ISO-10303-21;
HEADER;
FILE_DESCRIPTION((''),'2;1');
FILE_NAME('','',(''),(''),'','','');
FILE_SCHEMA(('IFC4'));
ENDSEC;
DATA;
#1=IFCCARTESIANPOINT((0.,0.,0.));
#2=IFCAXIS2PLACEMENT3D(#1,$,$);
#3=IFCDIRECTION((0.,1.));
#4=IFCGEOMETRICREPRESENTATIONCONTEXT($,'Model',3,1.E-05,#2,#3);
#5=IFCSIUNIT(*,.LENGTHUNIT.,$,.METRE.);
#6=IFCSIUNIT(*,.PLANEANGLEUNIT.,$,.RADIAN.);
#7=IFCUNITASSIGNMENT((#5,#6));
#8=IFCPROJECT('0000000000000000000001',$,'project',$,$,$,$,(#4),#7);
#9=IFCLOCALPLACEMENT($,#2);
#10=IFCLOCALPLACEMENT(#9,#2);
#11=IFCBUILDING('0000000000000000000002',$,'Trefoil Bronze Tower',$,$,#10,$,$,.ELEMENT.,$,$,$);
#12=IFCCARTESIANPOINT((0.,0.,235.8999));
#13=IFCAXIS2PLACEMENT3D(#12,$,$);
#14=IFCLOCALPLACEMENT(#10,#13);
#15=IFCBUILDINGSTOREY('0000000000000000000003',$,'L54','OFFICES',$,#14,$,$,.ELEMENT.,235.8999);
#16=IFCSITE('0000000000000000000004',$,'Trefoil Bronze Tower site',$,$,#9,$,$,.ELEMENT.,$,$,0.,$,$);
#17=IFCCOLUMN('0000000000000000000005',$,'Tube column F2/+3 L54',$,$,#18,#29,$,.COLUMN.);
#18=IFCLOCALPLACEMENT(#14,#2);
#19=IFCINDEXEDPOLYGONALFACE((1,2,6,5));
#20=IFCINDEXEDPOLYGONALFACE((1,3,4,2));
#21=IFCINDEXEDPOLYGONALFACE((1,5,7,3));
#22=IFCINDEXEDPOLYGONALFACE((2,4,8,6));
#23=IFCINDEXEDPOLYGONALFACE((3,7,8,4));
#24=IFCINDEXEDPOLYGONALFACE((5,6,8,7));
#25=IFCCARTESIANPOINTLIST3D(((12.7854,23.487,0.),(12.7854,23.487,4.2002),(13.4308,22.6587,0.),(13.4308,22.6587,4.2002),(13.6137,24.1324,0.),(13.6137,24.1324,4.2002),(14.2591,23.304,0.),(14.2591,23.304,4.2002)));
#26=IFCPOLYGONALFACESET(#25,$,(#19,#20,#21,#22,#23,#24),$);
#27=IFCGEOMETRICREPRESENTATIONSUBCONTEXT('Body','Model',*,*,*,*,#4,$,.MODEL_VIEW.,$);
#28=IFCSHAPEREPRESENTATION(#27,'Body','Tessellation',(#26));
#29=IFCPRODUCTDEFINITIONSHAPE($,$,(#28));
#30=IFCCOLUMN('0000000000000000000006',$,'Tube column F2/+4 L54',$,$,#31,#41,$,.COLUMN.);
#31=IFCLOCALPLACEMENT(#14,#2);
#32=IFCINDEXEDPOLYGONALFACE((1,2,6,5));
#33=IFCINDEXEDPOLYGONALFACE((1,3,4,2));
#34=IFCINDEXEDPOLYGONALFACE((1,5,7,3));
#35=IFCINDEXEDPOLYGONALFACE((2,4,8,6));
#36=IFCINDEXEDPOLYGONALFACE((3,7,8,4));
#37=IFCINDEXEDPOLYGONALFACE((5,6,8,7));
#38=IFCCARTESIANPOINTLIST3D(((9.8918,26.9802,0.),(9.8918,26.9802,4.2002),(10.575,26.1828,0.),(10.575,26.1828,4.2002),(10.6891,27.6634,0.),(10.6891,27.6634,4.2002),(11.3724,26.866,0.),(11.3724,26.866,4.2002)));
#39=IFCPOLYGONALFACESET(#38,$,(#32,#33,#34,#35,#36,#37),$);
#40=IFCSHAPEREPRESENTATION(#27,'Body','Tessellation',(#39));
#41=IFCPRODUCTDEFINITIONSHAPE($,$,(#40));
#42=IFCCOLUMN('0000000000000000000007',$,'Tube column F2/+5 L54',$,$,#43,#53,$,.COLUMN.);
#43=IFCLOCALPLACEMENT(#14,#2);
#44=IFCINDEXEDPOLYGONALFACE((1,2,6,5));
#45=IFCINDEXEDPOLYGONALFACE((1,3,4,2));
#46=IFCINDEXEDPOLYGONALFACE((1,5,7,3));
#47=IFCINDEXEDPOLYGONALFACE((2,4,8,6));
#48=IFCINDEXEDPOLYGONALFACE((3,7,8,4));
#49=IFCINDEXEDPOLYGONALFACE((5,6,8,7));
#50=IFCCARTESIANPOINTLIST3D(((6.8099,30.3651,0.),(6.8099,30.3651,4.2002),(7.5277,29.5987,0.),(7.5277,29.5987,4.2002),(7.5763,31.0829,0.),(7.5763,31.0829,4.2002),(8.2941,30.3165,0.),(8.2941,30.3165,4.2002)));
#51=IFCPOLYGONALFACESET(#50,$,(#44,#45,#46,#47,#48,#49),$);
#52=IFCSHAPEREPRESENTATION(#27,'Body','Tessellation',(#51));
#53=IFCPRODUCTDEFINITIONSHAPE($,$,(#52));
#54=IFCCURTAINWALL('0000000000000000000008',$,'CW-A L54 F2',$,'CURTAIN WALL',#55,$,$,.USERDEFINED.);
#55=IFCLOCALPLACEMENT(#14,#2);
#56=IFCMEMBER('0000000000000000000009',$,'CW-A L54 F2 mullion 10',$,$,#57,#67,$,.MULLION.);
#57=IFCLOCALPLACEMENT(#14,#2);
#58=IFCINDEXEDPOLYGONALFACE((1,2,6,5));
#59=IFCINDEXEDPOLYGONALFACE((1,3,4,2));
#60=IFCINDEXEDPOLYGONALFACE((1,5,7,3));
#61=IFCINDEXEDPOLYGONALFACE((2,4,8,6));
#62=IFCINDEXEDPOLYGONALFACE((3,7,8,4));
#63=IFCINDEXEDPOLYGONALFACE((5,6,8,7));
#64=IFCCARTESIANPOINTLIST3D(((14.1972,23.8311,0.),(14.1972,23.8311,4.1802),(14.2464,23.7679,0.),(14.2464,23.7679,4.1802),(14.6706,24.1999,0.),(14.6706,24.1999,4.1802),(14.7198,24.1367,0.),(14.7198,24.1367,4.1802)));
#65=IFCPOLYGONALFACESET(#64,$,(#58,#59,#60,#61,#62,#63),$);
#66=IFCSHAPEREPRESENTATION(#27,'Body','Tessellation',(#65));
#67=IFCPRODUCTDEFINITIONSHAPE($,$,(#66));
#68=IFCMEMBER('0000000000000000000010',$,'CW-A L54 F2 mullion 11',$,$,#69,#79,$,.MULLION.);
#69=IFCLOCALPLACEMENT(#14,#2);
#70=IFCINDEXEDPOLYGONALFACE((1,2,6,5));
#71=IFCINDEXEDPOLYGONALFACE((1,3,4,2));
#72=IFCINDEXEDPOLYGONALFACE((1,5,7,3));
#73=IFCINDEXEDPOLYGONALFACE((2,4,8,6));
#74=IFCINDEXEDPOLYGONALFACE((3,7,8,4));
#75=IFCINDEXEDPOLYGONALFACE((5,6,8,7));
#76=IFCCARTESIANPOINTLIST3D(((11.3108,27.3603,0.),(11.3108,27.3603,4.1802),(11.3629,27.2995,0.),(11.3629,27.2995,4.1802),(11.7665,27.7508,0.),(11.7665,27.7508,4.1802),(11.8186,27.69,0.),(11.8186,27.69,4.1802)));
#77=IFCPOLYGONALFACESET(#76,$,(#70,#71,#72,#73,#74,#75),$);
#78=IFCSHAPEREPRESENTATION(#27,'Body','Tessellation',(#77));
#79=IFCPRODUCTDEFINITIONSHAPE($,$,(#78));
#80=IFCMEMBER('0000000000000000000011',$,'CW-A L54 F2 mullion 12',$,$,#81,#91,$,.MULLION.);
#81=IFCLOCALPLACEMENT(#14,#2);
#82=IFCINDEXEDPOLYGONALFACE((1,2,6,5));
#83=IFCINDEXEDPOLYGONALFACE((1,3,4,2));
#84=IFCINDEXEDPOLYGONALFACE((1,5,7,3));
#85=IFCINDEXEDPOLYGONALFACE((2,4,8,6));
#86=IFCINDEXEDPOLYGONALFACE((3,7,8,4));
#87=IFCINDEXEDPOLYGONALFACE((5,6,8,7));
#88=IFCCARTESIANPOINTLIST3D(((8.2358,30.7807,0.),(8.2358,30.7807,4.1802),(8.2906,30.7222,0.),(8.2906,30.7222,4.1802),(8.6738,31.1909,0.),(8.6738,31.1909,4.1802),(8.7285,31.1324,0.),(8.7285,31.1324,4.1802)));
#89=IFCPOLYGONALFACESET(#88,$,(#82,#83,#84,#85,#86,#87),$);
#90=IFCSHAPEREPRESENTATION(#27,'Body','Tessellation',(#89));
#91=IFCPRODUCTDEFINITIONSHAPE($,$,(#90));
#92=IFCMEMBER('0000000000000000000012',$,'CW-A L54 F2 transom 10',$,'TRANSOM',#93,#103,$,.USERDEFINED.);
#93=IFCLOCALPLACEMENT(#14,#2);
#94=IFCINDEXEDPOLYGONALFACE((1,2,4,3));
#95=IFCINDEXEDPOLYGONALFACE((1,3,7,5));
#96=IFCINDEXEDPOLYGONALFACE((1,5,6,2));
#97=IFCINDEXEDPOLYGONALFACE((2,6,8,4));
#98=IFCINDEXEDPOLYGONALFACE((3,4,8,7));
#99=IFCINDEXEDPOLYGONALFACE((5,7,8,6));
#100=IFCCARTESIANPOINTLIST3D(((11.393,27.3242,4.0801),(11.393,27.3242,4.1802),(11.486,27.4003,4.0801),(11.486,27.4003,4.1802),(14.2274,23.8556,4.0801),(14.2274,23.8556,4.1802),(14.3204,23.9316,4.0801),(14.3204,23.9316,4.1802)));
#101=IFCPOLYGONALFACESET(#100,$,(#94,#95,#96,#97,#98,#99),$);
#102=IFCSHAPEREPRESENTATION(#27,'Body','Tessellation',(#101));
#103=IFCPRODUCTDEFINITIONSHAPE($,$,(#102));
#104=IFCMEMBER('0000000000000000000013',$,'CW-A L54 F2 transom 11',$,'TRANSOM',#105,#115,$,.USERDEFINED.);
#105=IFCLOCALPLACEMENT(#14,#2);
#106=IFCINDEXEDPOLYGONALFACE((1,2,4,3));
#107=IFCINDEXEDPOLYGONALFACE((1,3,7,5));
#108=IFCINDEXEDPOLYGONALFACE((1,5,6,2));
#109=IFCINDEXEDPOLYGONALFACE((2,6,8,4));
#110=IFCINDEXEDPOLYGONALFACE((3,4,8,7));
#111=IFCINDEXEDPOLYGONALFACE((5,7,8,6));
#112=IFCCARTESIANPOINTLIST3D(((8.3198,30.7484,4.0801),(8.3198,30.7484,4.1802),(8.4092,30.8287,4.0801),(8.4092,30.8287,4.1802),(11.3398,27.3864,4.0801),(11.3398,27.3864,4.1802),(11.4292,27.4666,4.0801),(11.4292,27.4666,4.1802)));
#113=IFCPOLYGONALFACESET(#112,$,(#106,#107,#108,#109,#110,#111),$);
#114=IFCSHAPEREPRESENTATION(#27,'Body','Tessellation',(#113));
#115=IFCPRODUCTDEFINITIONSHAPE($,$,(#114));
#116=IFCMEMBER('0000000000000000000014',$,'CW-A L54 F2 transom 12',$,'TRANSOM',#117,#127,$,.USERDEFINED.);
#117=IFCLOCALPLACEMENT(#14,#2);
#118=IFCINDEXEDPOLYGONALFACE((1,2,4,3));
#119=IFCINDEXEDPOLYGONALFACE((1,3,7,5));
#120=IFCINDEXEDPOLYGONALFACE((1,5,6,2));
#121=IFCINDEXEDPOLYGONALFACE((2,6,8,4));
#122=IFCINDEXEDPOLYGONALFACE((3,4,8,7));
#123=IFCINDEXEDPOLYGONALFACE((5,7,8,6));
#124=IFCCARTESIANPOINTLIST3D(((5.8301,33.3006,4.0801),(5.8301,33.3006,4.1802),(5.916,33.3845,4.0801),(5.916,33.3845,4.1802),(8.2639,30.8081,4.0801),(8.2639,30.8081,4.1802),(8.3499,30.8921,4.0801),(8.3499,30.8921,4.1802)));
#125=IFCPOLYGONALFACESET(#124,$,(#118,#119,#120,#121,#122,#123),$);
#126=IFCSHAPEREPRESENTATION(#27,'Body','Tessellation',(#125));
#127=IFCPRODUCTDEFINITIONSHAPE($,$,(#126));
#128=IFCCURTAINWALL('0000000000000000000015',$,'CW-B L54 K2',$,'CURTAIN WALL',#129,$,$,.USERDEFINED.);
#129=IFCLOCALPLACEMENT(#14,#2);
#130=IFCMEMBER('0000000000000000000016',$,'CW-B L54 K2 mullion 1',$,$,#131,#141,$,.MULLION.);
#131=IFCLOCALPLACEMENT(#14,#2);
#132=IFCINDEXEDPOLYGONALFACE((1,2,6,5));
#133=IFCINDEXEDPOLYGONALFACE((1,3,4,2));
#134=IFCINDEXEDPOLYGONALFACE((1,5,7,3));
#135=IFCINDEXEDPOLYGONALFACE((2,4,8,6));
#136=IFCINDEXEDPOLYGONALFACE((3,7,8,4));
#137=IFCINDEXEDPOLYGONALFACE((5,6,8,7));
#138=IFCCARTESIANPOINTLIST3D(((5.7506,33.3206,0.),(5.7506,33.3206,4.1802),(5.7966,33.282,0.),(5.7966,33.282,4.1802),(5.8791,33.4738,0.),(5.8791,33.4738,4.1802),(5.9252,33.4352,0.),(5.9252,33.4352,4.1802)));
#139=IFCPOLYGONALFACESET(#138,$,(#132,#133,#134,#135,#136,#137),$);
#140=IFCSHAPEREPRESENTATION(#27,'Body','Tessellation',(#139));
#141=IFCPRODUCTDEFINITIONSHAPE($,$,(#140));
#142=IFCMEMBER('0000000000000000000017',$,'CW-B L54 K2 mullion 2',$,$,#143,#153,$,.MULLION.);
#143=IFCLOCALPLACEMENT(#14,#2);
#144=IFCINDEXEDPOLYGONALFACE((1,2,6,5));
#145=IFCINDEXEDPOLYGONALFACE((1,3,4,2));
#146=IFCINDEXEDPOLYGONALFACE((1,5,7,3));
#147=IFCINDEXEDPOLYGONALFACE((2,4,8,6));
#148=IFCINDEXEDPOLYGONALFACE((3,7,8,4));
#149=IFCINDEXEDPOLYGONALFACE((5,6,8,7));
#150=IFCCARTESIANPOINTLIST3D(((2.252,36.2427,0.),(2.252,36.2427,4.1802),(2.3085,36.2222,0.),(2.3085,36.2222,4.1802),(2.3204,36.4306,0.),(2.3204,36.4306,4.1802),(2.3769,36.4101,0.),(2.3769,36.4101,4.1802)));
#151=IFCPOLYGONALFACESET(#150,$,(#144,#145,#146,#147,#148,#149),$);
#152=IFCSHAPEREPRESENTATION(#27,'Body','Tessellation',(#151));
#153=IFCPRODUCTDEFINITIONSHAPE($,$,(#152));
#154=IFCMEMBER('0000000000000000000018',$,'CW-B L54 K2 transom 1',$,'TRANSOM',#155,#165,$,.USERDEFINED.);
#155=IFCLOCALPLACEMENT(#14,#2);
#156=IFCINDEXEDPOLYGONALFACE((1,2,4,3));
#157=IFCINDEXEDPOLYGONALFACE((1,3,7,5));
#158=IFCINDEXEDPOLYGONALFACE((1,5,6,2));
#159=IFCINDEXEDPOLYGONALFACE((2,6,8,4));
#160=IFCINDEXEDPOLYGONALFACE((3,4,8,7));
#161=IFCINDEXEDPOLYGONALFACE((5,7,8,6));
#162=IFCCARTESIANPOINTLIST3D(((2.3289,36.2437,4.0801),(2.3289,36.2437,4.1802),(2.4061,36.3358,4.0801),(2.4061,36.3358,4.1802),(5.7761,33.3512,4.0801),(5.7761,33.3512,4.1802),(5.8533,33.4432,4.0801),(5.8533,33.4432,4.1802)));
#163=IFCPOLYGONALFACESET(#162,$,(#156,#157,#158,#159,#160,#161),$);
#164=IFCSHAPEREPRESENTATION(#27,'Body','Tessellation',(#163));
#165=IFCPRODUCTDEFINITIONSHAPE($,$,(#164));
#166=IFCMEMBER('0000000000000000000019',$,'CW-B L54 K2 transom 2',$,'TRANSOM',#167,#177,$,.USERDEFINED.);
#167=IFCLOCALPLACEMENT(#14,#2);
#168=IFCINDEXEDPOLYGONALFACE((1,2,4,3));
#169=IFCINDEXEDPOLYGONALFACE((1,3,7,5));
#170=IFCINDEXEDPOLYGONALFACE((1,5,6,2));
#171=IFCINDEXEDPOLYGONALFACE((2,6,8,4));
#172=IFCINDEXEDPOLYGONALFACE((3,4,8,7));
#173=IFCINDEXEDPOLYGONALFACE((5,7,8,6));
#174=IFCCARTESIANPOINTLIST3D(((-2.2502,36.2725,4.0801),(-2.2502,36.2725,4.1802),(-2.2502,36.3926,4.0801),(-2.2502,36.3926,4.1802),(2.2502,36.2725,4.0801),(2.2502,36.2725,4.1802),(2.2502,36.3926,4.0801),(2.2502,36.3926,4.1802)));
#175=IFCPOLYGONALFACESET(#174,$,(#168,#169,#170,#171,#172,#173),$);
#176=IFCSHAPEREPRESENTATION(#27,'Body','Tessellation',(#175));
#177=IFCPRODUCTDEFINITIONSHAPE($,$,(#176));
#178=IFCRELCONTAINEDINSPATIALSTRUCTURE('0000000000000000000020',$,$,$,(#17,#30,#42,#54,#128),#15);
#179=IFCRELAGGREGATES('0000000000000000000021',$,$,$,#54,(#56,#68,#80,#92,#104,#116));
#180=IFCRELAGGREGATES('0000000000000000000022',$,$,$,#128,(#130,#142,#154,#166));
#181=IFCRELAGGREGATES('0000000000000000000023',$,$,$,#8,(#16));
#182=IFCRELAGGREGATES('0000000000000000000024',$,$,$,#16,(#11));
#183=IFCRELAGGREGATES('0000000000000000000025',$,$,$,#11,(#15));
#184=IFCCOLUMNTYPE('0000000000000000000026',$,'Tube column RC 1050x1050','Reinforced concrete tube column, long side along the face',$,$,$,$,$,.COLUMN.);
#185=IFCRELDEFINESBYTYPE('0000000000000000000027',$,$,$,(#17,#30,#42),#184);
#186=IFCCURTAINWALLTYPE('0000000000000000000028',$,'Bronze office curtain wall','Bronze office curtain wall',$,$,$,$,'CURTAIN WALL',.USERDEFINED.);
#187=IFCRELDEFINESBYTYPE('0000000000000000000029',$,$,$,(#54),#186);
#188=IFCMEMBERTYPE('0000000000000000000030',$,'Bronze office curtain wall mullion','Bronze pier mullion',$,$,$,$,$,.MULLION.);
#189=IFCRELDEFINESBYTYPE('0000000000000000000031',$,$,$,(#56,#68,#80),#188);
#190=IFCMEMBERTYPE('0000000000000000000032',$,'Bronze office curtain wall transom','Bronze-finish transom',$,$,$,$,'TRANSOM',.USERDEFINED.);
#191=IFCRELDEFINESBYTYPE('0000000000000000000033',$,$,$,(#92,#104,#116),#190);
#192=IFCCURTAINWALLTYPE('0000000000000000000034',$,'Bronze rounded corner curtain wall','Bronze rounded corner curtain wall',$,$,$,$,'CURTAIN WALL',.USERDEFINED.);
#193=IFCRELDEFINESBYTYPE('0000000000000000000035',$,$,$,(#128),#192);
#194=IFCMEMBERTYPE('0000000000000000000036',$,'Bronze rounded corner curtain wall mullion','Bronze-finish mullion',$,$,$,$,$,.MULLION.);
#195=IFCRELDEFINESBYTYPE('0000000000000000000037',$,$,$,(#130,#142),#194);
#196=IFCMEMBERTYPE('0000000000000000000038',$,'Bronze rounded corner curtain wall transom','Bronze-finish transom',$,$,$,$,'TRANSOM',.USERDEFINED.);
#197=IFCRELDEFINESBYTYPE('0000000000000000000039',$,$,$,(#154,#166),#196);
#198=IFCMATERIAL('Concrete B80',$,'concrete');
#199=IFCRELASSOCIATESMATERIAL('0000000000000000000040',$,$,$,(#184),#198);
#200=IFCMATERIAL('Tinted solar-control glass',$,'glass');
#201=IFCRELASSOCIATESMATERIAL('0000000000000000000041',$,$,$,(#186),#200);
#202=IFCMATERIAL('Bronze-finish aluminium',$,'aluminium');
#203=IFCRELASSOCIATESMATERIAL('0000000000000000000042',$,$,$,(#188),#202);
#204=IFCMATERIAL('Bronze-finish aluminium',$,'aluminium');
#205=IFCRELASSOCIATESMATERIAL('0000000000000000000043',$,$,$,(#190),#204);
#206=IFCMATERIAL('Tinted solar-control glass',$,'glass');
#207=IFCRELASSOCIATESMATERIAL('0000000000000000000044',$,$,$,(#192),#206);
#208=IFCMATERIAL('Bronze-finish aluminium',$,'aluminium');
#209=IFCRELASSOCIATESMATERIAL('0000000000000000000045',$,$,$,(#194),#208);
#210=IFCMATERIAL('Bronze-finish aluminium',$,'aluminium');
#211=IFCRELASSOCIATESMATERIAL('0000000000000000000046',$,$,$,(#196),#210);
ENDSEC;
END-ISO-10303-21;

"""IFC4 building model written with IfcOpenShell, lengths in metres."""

from ifc_helpers import new_model, si_unit, direction, frame, origin, origin_2d, place, context, subcontext, project, spatial, rectangle, extrude, material, material_profile, profile_set, type_object, element, aggregate, save


model = new_model("IFC4")

# Units and contexts
model_context = context("Model", 3, precision=1e-05, world=origin(), true_north=direction((0.0, 1.0)))
body_context = subcontext(model_context, "Body", "Model", "MODEL_VIEW")
ifc_project = project(units=[si_unit("LENGTHUNIT", "METRE"), si_unit("PLANEANGLEUNIT", "RADIAN")], contexts=[model_context])

# Site, building, storey
site_placement = place(None, origin())
site = spatial("IfcSite", under=ifc_project, at=site_placement, Name="Trefoil Bronze Tower site", CompositionType="ELEMENT", RefElevation=0.0)
building_placement = place(site_placement, origin())
building = spatial("IfcBuilding", under=site, at=building_placement, Name="Trefoil Bronze Tower", CompositionType="ELEMENT")
storey_placement = place(building_placement, frame((0.0, 0.0, 235.8999)))
storey = spatial("IfcBuildingStorey", under=building, at=storey_placement, Name="L54", Description="OFFICES", CompositionType="ELEMENT", Elevation=235.8999)

# Columns
ifc_material_1 = material(Name="Concrete B80", Category="concrete")
ifc_material_profile_1 = material_profile(ifc_material_1, rectangle(XDim=1.05, YDim=1.05, at=origin_2d()), Name="RC 1050x1050")
ifc_profile_set_1 = profile_set([ifc_material_profile_1], Name="Concrete B80")
column_type = type_object("IfcColumnType", Name="Tube column RC 1050x1050", Description="Reinforced concrete tube column, long side along the face", PredefinedType="COLUMN", material=ifc_profile_set_1)
for number, where, z_axis, x_axis, name in (
    (1, (13.5222, 23.3955, 0.0), (0.0, 0.0, 1.0), (-0.614622, 0.788821, 0.0), "Tube column F2/+3 L54"),
    (2, (10.6321, 26.9231, 0.0), (0.0, 0.0, 1.0), (-0.650677, 0.759355, 0.0), "Tube column F2/+4 L54"),
    (3, (7.552, 30.3408, 0.0), (0.0, 0.0, 1.0), (-0.683597, 0.72986, 0.0), "Tube column F2/+5 L54"),
):
    element("IfcColumn", number, at=place(storey_placement, frame(where, z_axis=z_axis, x_axis=x_axis)), inside=storey, type_object=column_type, Name=name, PredefinedType="COLUMN", context=body_context, shape_type="SweptSolid", body=[
        extrude(rectangle(XDim=1.05, YDim=1.05, at=origin_2d()), origin(), (0.0, 0.0, 1.0), 4.2002),
    ])

# Curtain walls, members
ifc_material_2 = material(Name="Tinted solar-control glass", Category="glass")
curtain_wall_type_1 = type_object("IfcCurtainWallType", Name="Bronze office curtain wall", Description="Bronze office curtain wall", ElementType="CURTAIN WALL", PredefinedType="USERDEFINED", material=ifc_material_2)
curtain_wall_1_placement = place(storey_placement, origin())
curtain_wall_1 = element("IfcCurtainWall", 4, at=curtain_wall_1_placement, inside=storey, type_object=curtain_wall_type_1, Name="CW-A L54 F2", ObjectType="CURTAIN WALL", PredefinedType="USERDEFINED")
ifc_material_3 = material(Name="Bronze-finish aluminium", Category="aluminium")
ifc_material_profile_2 = material_profile(ifc_material_3, rectangle(XDim=0.6001, YDim=0.0801, at=origin_2d()), Name="CW-A mullion")
ifc_profile_set_2 = profile_set([ifc_material_profile_2], Name="Bronze-finish aluminium")
member_type_1 = type_object("IfcMemberType", Name="Bronze office curtain wall mullion", Description="Bronze pier mullion", PredefinedType="MULLION", material=ifc_profile_set_2)
member_1_placement = place(storey_placement, frame((14.4585, 23.9839, 0.0), z_axis=(0.0, 0.0, 1.0), x_axis=(-0.788821, -0.614622, 0.0)))
member_1 = element("IfcMember", 5, at=member_1_placement, type_object=member_type_1, Name="CW-A L54 F2 mullion 10", PredefinedType="MULLION", context=body_context, shape_type="SweptSolid", body=[
    extrude(rectangle(XDim=0.6001, YDim=0.0801, at=origin_2d()), origin(), (0.0, 0.0, 1.0), 4.1802),
])
member_2_placement = place(storey_placement, frame((11.5647, 27.5251, 0.0), z_axis=(0.0, 0.0, 1.0), x_axis=(-0.759355, -0.650677, 0.0)))
member_2 = element("IfcMember", 6, at=member_2_placement, type_object=member_type_1, Name="CW-A L54 F2 mullion 11", PredefinedType="MULLION", context=body_context, shape_type="SweptSolid", body=[
    extrude(rectangle(XDim=0.6001, YDim=0.0801, at=origin_2d()), origin(), (0.0, 0.0, 1.0), 4.1802),
])
member_3_placement = place(storey_placement, frame((8.4822, 30.9565, 0.0), z_axis=(0.0, 0.0, 1.0), x_axis=(-0.72986, -0.683597, 0.0)))
member_3 = element("IfcMember", 7, at=member_3_placement, type_object=member_type_1, Name="CW-A L54 F2 mullion 12", PredefinedType="MULLION", context=body_context, shape_type="SweptSolid", body=[
    extrude(rectangle(XDim=0.6001, YDim=0.0801, at=origin_2d()), origin(), (0.0, 0.0, 1.0), 4.1802),
])
ifc_material_4 = material(Name="Bronze-finish aluminium", Category="aluminium")
ifc_material_profile_3 = material_profile(ifc_material_4, rectangle(XDim=0.1201, YDim=0.1001, at=origin_2d()), Name="CW-A transom")
ifc_profile_set_3 = profile_set([ifc_material_profile_3], Name="Bronze-finish aluminium")
member_type_2 = type_object("IfcMemberType", Name="Bronze office curtain wall transom", Description="Bronze-finish transom", ElementType="TRANSOM", PredefinedType="USERDEFINED", material=ifc_profile_set_3)
member_4_placement = place(storey_placement, frame((14.2739, 23.8936, 4.1301), z_axis=(-0.632757, 0.774351, 0.0), x_axis=(-0.774351, -0.632757, 0.0)))
member_4 = element("IfcMember", 8, at=member_4_placement, type_object=member_type_2, Name="CW-A L54 F2 transom 10", ObjectType="TRANSOM", PredefinedType="USERDEFINED", context=body_context, shape_type="SweptSolid", body=[
    extrude(rectangle(XDim=0.1201, YDim=0.1001, at=origin_2d()), origin(), (0.0, 0.0, 1.0), 4.4795),
])
member_5_placement = place(storey_placement, frame((11.3845, 27.4265, 4.1301), z_axis=(-0.668251, 0.743936, 0.0), x_axis=(-0.743936, -0.668251, 0.0)))
member_5 = element("IfcMember", 9, at=member_5_placement, type_object=member_type_2, Name="CW-A L54 F2 transom 11", ObjectType="TRANSOM", PredefinedType="USERDEFINED", context=body_context, shape_type="SweptSolid", body=[
    extrude(rectangle(XDim=0.1201, YDim=0.1001, at=origin_2d()), origin(), (0.0, 0.0, 1.0), 4.5193),
])
member_6_placement = place(storey_placement, frame((8.3069, 30.8501, 4.1301), z_axis=(-0.698647, 0.715467, 0.0), x_axis=(-0.715467, -0.698647, 0.0)))
member_6 = element("IfcMember", 10, at=member_6_placement, type_object=member_type_2, Name="CW-A L54 F2 transom 12", ObjectType="TRANSOM", PredefinedType="USERDEFINED", context=body_context, shape_type="SweptSolid", body=[
    extrude(rectangle(XDim=0.1201, YDim=0.1001, at=origin_2d()), origin(), (0.0, 0.0, 1.0), 3.4836),
])
ifc_material_5 = material(Name="Tinted solar-control glass", Category="glass")
curtain_wall_type_2 = type_object("IfcCurtainWallType", Name="Bronze rounded corner curtain wall", Description="Bronze rounded corner curtain wall", ElementType="CURTAIN WALL", PredefinedType="USERDEFINED", material=ifc_material_5)
curtain_wall_2_placement = place(storey_placement, origin())
curtain_wall_2 = element("IfcCurtainWall", 11, at=curtain_wall_2_placement, inside=storey, type_object=curtain_wall_type_2, Name="CW-B L54 K2", ObjectType="CURTAIN WALL", PredefinedType="USERDEFINED")
ifc_material_6 = material(Name="Bronze-finish aluminium", Category="aluminium")
ifc_material_profile_4 = material_profile(ifc_material_6, rectangle(XDim=0.2, YDim=0.0601, at=origin_2d()), Name="CW-B mullion")
ifc_profile_set_4 = profile_set([ifc_material_profile_4], Name="Bronze-finish aluminium")
member_type_3 = type_object("IfcMemberType", Name="Bronze rounded corner curtain wall mullion", Description="Bronze-finish mullion", PredefinedType="MULLION", material=ifc_profile_set_4)
member_7_placement = place(storey_placement, frame((5.8379, 33.3779, 0.0), z_axis=(0.0, 0.0, 1.0), x_axis=(-0.642788, -0.766044, 0.0)))
member_7 = element("IfcMember", 12, at=member_7_placement, type_object=member_type_3, Name="CW-B L54 K2 mullion 1", PredefinedType="MULLION", context=body_context, shape_type="SweptSolid", body=[
    extrude(rectangle(XDim=0.2, YDim=0.0601, at=origin_2d()), origin(), (0.0, 0.0, 1.0), 4.1802),
])
member_8_placement = place(storey_placement, frame((2.3145, 36.3264, 0.0), z_axis=(0.0, 0.0, 1.0), x_axis=(-0.34202, -0.939693, 0.0)))
member_8 = element("IfcMember", 13, at=member_8_placement, type_object=member_type_3, Name="CW-B L54 K2 mullion 2", PredefinedType="MULLION", context=body_context, shape_type="SweptSolid", body=[
    extrude(rectangle(XDim=0.2, YDim=0.0601, at=origin_2d()), origin(), (0.0, 0.0, 1.0), 4.1802),
])
ifc_material_7 = material(Name="Bronze-finish aluminium", Category="aluminium")
ifc_material_profile_5 = material_profile(ifc_material_7, rectangle(XDim=0.1201, YDim=0.1001, at=origin_2d()), Name="CW-B transom")
ifc_profile_set_5 = profile_set([ifc_material_profile_5], Name="Bronze-finish aluminium")
member_type_4 = type_object("IfcMemberType", Name="Bronze rounded corner curtain wall transom", Description="Bronze-finish transom", ElementType="TRANSOM", PredefinedType="USERDEFINED", material=ifc_profile_set_5)
member_9_placement = place(storey_placement, frame((5.8147, 33.3972, 4.1301), z_axis=(-0.766047, 0.642785, 0.0), x_axis=(-0.642785, -0.766047, 0.0)))
member_9 = element("IfcMember", 14, at=member_9_placement, type_object=member_type_4, Name="CW-B L54 K2 transom 1", ObjectType="TRANSOM", PredefinedType="USERDEFINED", context=body_context, shape_type="SweptSolid", body=[
    extrude(rectangle(XDim=0.1201, YDim=0.1001, at=origin_2d()), origin(), (0.0, 0.0, 1.0), 4.5),
])
member_10_placement = place(storey_placement, frame((2.2502, 36.3325, 4.1301), z_axis=(-1.0, 0.0, 0.0), x_axis=(0.0, -1.0, 0.0)))
member_10 = element("IfcMember", 15, at=member_10_placement, type_object=member_type_4, Name="CW-B L54 K2 transom 2", ObjectType="TRANSOM", PredefinedType="USERDEFINED", context=body_context, shape_type="SweptSolid", body=[
    extrude(rectangle(XDim=0.1201, YDim=0.1001, at=origin_2d()), origin(), (0.0, 0.0, 1.0), 4.5005),
])

aggregate(curtain_wall_1, [member_1, member_2, member_3, member_4, member_5, member_6])
aggregate(curtain_wall_2, [member_7, member_8, member_9, member_10])

save(model, "model.ifc")
